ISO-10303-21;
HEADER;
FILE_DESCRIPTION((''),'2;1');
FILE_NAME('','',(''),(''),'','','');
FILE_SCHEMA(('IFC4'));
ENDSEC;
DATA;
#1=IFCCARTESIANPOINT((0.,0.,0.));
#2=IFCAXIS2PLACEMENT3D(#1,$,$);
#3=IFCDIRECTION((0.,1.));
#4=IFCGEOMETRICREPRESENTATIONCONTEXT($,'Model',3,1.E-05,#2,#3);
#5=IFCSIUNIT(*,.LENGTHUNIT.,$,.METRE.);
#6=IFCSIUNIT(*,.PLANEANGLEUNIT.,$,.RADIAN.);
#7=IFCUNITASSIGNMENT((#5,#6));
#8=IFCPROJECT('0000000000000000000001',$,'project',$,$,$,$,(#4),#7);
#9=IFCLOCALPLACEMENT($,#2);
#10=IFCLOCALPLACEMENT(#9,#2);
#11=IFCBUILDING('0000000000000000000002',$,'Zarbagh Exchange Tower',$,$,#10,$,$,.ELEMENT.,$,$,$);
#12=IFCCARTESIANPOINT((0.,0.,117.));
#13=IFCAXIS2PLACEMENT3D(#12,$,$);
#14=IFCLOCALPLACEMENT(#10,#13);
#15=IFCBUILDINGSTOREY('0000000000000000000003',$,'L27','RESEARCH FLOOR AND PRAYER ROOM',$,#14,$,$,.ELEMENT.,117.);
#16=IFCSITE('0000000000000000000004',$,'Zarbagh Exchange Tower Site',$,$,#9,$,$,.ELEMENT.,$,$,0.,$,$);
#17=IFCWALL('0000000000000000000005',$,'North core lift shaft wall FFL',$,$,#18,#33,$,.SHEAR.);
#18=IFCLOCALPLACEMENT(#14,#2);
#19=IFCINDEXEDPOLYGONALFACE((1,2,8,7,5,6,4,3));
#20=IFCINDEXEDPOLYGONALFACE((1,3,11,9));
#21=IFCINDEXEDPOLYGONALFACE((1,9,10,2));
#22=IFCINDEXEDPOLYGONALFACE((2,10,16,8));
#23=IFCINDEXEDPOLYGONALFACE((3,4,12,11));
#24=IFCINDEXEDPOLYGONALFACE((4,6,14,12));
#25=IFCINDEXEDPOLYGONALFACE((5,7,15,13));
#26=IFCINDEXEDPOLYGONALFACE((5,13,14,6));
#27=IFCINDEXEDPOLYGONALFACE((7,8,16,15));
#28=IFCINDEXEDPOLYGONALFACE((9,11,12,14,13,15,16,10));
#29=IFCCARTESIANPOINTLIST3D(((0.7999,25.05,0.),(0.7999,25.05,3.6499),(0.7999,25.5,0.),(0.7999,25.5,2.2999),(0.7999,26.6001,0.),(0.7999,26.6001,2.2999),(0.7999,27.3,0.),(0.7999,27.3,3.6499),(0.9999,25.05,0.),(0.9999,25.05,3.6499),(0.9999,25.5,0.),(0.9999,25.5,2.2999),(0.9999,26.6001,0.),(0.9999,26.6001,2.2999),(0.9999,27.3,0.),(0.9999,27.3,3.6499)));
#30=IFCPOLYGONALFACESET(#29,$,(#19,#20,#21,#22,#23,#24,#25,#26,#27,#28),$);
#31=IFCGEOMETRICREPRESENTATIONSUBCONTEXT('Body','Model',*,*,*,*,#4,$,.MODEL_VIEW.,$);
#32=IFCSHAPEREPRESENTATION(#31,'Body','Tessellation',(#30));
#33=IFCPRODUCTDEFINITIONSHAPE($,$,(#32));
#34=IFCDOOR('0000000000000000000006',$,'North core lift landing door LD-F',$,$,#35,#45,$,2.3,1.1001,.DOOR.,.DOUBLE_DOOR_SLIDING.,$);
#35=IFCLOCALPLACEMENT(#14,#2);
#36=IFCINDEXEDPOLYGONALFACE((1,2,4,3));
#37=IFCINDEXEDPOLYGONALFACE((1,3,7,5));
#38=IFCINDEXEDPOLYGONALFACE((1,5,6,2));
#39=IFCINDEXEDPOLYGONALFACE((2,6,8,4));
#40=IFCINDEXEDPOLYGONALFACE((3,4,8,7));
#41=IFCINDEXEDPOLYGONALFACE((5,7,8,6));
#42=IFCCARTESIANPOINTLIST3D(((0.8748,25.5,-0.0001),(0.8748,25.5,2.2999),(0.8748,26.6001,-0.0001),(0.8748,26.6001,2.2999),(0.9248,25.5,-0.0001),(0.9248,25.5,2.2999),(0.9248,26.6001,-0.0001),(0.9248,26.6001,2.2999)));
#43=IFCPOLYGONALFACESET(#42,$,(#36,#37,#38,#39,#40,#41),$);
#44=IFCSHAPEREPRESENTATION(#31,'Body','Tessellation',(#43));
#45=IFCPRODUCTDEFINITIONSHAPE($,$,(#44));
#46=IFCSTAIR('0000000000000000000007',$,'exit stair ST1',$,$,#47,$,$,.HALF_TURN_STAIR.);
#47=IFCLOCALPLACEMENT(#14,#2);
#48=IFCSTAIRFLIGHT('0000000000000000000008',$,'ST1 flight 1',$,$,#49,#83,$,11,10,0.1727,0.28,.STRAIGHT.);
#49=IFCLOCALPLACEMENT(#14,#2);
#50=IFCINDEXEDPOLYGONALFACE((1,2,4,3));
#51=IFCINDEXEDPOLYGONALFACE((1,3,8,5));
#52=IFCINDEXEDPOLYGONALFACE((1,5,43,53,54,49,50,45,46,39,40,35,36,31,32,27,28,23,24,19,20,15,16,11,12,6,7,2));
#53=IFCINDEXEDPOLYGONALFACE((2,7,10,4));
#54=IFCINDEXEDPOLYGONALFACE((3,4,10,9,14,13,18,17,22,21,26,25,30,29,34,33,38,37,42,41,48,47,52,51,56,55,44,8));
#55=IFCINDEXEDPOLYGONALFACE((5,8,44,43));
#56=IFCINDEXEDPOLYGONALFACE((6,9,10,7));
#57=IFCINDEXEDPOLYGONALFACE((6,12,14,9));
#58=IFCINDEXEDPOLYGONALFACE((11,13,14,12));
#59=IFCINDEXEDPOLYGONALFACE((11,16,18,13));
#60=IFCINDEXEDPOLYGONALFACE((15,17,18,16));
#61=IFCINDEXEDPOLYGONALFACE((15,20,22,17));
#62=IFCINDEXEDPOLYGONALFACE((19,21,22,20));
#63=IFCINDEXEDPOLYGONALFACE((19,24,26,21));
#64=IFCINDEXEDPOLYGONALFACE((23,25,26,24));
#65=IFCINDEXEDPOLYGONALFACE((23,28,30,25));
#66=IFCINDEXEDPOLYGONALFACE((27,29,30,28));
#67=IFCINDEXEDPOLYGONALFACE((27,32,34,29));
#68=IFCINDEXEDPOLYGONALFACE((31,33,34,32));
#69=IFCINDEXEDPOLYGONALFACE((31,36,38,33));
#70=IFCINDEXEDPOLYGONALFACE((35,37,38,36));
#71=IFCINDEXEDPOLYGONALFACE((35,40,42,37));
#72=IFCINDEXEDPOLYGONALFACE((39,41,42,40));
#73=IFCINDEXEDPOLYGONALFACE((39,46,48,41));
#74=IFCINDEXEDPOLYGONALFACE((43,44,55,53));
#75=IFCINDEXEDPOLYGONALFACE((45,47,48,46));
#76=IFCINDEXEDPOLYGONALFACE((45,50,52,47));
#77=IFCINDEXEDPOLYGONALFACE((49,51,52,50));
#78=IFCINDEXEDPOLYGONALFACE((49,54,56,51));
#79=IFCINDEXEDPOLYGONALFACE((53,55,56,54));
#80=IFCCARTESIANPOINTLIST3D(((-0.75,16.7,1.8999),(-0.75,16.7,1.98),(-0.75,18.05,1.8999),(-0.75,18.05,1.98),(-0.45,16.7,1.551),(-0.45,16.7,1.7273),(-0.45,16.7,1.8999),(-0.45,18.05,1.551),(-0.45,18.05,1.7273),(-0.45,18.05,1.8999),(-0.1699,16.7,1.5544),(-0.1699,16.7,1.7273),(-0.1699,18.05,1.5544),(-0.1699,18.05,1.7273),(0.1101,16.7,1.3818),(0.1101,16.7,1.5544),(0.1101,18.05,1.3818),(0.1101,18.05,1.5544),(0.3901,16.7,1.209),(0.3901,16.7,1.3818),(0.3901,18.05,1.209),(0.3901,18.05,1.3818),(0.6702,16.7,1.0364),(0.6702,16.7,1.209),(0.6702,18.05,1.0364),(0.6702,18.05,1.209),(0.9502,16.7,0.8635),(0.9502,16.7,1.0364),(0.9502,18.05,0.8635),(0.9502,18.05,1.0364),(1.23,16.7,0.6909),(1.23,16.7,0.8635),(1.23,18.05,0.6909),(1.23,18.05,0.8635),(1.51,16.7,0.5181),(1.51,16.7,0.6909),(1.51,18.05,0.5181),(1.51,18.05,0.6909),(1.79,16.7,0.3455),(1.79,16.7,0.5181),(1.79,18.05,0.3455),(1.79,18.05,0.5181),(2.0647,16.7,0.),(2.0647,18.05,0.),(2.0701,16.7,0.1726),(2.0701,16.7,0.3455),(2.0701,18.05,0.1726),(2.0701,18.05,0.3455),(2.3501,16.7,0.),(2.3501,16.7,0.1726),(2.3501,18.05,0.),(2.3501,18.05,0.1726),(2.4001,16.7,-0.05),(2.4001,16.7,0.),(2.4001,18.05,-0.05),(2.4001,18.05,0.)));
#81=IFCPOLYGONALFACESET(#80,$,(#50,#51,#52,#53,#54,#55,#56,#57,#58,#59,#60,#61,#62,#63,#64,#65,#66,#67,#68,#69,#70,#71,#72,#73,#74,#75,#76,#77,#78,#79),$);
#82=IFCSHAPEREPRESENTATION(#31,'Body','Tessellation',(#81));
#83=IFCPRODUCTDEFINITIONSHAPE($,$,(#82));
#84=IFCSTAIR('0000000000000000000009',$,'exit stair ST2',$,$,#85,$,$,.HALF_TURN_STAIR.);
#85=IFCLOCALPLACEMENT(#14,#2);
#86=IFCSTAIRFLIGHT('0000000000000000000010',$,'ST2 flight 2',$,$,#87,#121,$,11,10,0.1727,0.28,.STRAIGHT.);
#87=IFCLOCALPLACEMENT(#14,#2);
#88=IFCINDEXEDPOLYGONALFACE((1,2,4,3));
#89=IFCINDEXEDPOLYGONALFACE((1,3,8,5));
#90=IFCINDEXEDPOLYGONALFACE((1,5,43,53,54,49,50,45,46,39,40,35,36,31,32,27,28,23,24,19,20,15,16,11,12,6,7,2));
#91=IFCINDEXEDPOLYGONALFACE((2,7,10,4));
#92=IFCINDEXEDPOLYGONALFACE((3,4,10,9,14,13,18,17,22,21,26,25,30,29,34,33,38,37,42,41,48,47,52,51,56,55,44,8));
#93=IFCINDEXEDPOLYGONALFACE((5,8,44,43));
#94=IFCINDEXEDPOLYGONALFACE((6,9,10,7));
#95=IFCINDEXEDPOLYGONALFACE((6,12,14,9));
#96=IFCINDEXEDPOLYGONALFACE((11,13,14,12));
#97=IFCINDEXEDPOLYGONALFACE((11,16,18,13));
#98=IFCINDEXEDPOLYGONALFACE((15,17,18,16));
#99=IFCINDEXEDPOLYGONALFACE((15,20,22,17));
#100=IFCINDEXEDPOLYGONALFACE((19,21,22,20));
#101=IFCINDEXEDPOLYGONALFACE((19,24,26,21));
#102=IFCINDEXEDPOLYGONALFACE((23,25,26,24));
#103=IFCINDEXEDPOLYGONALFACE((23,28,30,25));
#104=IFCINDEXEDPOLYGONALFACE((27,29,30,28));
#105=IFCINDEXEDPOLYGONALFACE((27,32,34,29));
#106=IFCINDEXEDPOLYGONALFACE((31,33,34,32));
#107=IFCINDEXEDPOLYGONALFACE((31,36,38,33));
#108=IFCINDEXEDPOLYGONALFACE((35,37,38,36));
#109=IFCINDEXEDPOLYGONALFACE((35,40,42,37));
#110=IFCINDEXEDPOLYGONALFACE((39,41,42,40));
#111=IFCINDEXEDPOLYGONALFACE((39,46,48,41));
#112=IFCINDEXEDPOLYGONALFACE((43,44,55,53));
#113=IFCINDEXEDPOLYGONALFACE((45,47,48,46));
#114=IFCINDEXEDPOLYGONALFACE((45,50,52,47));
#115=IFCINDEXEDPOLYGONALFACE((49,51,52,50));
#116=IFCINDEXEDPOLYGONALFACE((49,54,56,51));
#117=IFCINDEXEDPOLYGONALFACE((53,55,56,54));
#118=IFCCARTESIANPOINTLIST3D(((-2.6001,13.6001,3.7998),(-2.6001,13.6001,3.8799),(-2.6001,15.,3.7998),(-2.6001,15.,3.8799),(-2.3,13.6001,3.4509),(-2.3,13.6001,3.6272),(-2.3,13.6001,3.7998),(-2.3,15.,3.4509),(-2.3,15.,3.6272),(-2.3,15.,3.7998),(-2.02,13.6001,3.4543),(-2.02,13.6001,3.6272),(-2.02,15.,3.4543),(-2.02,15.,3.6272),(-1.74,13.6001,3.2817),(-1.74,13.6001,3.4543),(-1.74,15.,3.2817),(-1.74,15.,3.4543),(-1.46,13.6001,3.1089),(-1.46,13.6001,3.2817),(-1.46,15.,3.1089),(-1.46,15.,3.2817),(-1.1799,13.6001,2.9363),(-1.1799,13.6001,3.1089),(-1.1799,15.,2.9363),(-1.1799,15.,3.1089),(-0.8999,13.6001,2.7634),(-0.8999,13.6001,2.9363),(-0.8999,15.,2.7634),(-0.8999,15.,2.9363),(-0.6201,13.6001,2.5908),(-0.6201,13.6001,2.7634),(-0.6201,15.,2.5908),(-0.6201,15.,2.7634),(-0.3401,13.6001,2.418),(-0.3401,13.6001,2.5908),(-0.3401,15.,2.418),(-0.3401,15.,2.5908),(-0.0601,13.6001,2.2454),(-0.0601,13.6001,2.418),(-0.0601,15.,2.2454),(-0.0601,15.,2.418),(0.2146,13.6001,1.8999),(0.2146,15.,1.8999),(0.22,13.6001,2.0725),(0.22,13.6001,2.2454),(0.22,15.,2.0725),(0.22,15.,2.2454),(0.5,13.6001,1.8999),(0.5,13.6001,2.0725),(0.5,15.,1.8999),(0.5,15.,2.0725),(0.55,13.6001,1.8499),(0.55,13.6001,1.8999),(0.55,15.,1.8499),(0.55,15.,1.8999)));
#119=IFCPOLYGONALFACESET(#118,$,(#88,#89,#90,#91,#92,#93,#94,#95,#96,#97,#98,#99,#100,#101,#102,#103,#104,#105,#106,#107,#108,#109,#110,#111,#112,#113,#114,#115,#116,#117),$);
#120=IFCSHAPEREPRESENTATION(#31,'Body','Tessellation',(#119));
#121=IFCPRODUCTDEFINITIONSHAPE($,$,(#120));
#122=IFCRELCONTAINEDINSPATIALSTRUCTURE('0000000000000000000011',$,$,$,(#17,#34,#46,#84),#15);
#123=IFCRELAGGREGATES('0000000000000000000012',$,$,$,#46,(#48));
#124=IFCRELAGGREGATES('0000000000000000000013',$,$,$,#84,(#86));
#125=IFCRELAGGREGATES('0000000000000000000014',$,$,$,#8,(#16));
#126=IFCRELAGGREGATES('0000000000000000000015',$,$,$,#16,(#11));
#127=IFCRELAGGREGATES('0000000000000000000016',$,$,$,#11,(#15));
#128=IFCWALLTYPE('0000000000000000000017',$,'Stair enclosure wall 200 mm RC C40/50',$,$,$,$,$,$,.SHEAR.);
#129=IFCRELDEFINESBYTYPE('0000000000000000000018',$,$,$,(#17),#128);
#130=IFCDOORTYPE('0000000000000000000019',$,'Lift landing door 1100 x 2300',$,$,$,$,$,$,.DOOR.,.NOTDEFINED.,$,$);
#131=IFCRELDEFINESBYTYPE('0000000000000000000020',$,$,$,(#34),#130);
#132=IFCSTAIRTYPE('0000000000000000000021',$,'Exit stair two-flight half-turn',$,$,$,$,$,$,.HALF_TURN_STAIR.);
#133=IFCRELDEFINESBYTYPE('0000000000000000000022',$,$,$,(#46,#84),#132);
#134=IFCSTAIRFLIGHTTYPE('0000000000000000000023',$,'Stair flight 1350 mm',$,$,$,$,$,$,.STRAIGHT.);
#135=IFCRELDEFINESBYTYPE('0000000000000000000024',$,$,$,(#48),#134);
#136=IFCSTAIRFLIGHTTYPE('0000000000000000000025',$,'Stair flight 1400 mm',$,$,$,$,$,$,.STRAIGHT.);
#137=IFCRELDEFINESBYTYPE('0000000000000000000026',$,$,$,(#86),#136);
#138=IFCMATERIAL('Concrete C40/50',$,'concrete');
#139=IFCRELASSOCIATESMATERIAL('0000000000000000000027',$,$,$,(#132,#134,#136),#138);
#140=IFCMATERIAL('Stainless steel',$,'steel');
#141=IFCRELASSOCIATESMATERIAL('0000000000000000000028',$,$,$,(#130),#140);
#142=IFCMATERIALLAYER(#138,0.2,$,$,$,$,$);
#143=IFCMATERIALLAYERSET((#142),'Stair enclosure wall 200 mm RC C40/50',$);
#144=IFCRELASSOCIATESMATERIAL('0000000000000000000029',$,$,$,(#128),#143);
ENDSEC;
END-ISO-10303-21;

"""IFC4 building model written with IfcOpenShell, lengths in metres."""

from ifc_helpers import new_model, si_unit, direction, frame, frame_2d, origin, place, context, subcontext, project, spatial, polyline, rectangle, outline, extrude, material, layer, layer_set, type_object, element, fill, aggregate, save


model = new_model("IFC4")

# Units and contexts
model_context = context("Model", 3, precision=1e-05, world=origin(), true_north=direction((0.0, 1.0)))
body_context = subcontext(model_context, "Body", "Model", "MODEL_VIEW")
ifc_project = project(units=[si_unit("LENGTHUNIT", "METRE"), si_unit("PLANEANGLEUNIT", "RADIAN")], contexts=[model_context])

# Site, building, storey
site_placement = place(None, origin())
site = spatial("IfcSite", under=ifc_project, at=site_placement, Name="Zarbagh Exchange Tower Site", CompositionType="ELEMENT", RefElevation=0.0)
building_placement = place(site_placement, origin())
building = spatial("IfcBuilding", under=site, at=building_placement, Name="Zarbagh Exchange Tower", CompositionType="ELEMENT")
storey_placement = place(building_placement, frame((0.0, 0.0, 117.0)))
storey = spatial("IfcBuildingStorey", under=building, at=storey_placement, Name="L27", Description="RESEARCH FLOOR AND PRAYER ROOM", CompositionType="ELEMENT", Elevation=117.0)

# Shared definitions
ifc_material_1 = material(Name="Concrete C40/50", Category="concrete")
stair_type = type_object("IfcStairType", Name="Exit stair two-flight half-turn", PredefinedType="HALF_TURN_STAIR", material=ifc_material_1)

# Shared definitions
ifc_material_2 = material(Name="Stainless steel", Category="steel")
door_type_1 = type_object("IfcDoorType", Name="Lift landing door 1100 x 2300", OperationType="NOTDEFINED", PredefinedType="DOOR", material=ifc_material_2)

# Wall, opening, door
ifc_layer_1 = layer(ifc_material_1, 0.2)
ifc_layer_set_1 = layer_set([ifc_layer_1], Name="Stair enclosure wall 200 mm RC C40/50")
wall_type_1 = type_object("IfcWallType", Name="Stair enclosure wall 200 mm RC C40/50", PredefinedType="SHEAR", material=ifc_layer_set_1)
wall_1_placement = place(storey_placement, frame((0.8999, 27.3, 0.0), z_axis=(0.0, 0.0, 1.0), x_axis=(0.0, -1.0, 0.0)))
wall_1 = element("IfcWall", 1, at=wall_1_placement, inside=storey, type_object=wall_type_1, Name="North core lift shaft wall FFL", PredefinedType="SHEAR", context=body_context, shape_type="SweptSolid", body=[
    extrude(rectangle(XDim=2.25, YDim=0.2, at=frame_2d((1.125, 0.0))), origin(), (0.0, 0.0, 1.0), 3.6499),
])
opening_1_placement = place(wall_1_placement, frame((0.7, 0.0, 0.0)))
opening_1 = element("IfcOpeningElement", 2, at=opening_1_placement, cuts=wall_1, PredefinedType="OPENING", context=body_context, shape_type="SweptSolid", body=[
    extrude(rectangle(XDim=1.1001, YDim=2.3, at=frame_2d((0.55, 1.1499))), frame((0.0, 0.1099, 0.0), z_axis=(0.0, -1.0, 0.0), x_axis=(1.0, 0.0, 0.0)), (0.0, 0.0, 1.0), 0.22),
])
door_1_placement = place(opening_1_placement, origin())
door_1 = element("IfcDoor", 3, at=door_1_placement, inside=storey, type_object=door_type_1, Name="North core lift landing door LD-F", OperationType="DOUBLE_DOOR_SLIDING", OverallHeight=2.3, OverallWidth=1.1001, PredefinedType="DOOR", context=body_context, shape_type="SweptSolid", body=[
    extrude(rectangle(XDim=1.1001, YDim=2.3, at=frame_2d((0.55, 1.1499))), frame((0.0, 0.0249, 0.0), z_axis=(0.0, -1.0, 0.0), x_axis=(1.0, 0.0, 0.0)), (0.0, 0.0, 1.0), 0.05),
])
fill(opening_1, door_1)

# Stairs, stair flights
stair_1_placement = place(storey_placement, origin())
stair_1 = element("IfcStair", 4, at=stair_1_placement, inside=storey, type_object=stair_type, Name="exit stair ST1", PredefinedType="HALF_TURN_STAIR")
stair_flight_type_1 = type_object("IfcStairFlightType", Name="Stair flight 1350 mm", PredefinedType="STRAIGHT", material=ifc_material_1)
stair_flight_1_placement = place(storey_placement, frame((2.3501, 17.375, 0.0), z_axis=(0.0, 0.0, 1.0), x_axis=(-1.0, 0.0, 0.0)))
stair_flight_1 = element("IfcStairFlight", 5, at=stair_flight_1_placement, type_object=stair_flight_type_1, Name="ST1 flight 1", NumberOfRisers=11, NumberOfTreads=10, PredefinedType="STRAIGHT", RiserHeight=0.1727, TreadLength=0.28, context=body_context, shape_type="SweptSolid", body=[
    extrude(outline(polyline([(-0.05, -0.05), (-0.05, 0.0), (0.0, 0.0), (0.0, 0.1726), (0.28, 0.1726), (0.28, 0.3455), (0.5601, 0.3455), (0.5601, 0.5181), (0.8401, 0.5181), (0.8401, 0.6909), (1.1201, 0.6909), (1.1201, 0.8635), (1.3999, 0.8635), (1.3999, 1.0364), (1.6799, 1.0364), (1.6799, 1.209), (1.96, 1.209), (1.96, 1.3818), (2.24, 1.3818), (2.24, 1.5544), (2.52, 1.5544), (2.52, 1.7273), (2.8, 1.7273), (2.8, 1.8999), (3.1001, 1.98), (3.1001, 1.8999), (2.8, 1.551), (0.2854, 0.0), (-0.05, -0.05)])), frame((0.0, 0.675, 0.0), z_axis=(0.0, -1.0, 0.0), x_axis=(1.0, 0.0, 0.0)), (0.0, 0.0, 1.0), 1.3501),
])
aggregate(stair_1, [stair_flight_1])
stair_2_placement = place(storey_placement, origin())
stair_2 = element("IfcStair", 6, at=stair_2_placement, inside=storey, type_object=stair_type, Name="exit stair ST2", PredefinedType="HALF_TURN_STAIR")
stair_flight_type_2 = type_object("IfcStairFlightType", Name="Stair flight 1400 mm", PredefinedType="STRAIGHT", material=ifc_material_1)
stair_flight_2_placement = place(storey_placement, frame((0.5, 14.3, 1.8999), z_axis=(0.0, 0.0, 1.0), x_axis=(-1.0, 0.0, 0.0)))
stair_flight_2 = element("IfcStairFlight", 7, at=stair_flight_2_placement, type_object=stair_flight_type_2, Name="ST2 flight 2", NumberOfRisers=11, NumberOfTreads=10, PredefinedType="STRAIGHT", RiserHeight=0.1727, TreadLength=0.28, context=body_context, shape_type="SweptSolid", body=[
    extrude(outline(polyline([(-0.05, -0.05), (-0.05, 0.0), (0.0, 0.0), (0.0, 0.1726), (0.28, 0.1726), (0.28, 0.3455), (0.5601, 0.3455), (0.5601, 0.5181), (0.8401, 0.5181), (0.8401, 0.6909), (1.1201, 0.6909), (1.1201, 0.8635), (1.3999, 0.8635), (1.3999, 1.0364), (1.6799, 1.0364), (1.6799, 1.209), (1.96, 1.209), (1.96, 1.3818), (2.24, 1.3818), (2.24, 1.5544), (2.52, 1.5544), (2.52, 1.7273), (2.8, 1.7273), (2.8, 1.8999), (3.1001, 1.98), (3.1001, 1.8999), (2.8, 1.551), (0.2854, 0.0), (-0.05, -0.05)])), frame((0.0, 0.7, 0.0), z_axis=(0.0, -1.0, 0.0), x_axis=(1.0, 0.0, 0.0)), (0.0, 0.0, 1.0), 1.3999),
])
aggregate(stair_2, [stair_flight_2])

save(model, "model.ifc")
